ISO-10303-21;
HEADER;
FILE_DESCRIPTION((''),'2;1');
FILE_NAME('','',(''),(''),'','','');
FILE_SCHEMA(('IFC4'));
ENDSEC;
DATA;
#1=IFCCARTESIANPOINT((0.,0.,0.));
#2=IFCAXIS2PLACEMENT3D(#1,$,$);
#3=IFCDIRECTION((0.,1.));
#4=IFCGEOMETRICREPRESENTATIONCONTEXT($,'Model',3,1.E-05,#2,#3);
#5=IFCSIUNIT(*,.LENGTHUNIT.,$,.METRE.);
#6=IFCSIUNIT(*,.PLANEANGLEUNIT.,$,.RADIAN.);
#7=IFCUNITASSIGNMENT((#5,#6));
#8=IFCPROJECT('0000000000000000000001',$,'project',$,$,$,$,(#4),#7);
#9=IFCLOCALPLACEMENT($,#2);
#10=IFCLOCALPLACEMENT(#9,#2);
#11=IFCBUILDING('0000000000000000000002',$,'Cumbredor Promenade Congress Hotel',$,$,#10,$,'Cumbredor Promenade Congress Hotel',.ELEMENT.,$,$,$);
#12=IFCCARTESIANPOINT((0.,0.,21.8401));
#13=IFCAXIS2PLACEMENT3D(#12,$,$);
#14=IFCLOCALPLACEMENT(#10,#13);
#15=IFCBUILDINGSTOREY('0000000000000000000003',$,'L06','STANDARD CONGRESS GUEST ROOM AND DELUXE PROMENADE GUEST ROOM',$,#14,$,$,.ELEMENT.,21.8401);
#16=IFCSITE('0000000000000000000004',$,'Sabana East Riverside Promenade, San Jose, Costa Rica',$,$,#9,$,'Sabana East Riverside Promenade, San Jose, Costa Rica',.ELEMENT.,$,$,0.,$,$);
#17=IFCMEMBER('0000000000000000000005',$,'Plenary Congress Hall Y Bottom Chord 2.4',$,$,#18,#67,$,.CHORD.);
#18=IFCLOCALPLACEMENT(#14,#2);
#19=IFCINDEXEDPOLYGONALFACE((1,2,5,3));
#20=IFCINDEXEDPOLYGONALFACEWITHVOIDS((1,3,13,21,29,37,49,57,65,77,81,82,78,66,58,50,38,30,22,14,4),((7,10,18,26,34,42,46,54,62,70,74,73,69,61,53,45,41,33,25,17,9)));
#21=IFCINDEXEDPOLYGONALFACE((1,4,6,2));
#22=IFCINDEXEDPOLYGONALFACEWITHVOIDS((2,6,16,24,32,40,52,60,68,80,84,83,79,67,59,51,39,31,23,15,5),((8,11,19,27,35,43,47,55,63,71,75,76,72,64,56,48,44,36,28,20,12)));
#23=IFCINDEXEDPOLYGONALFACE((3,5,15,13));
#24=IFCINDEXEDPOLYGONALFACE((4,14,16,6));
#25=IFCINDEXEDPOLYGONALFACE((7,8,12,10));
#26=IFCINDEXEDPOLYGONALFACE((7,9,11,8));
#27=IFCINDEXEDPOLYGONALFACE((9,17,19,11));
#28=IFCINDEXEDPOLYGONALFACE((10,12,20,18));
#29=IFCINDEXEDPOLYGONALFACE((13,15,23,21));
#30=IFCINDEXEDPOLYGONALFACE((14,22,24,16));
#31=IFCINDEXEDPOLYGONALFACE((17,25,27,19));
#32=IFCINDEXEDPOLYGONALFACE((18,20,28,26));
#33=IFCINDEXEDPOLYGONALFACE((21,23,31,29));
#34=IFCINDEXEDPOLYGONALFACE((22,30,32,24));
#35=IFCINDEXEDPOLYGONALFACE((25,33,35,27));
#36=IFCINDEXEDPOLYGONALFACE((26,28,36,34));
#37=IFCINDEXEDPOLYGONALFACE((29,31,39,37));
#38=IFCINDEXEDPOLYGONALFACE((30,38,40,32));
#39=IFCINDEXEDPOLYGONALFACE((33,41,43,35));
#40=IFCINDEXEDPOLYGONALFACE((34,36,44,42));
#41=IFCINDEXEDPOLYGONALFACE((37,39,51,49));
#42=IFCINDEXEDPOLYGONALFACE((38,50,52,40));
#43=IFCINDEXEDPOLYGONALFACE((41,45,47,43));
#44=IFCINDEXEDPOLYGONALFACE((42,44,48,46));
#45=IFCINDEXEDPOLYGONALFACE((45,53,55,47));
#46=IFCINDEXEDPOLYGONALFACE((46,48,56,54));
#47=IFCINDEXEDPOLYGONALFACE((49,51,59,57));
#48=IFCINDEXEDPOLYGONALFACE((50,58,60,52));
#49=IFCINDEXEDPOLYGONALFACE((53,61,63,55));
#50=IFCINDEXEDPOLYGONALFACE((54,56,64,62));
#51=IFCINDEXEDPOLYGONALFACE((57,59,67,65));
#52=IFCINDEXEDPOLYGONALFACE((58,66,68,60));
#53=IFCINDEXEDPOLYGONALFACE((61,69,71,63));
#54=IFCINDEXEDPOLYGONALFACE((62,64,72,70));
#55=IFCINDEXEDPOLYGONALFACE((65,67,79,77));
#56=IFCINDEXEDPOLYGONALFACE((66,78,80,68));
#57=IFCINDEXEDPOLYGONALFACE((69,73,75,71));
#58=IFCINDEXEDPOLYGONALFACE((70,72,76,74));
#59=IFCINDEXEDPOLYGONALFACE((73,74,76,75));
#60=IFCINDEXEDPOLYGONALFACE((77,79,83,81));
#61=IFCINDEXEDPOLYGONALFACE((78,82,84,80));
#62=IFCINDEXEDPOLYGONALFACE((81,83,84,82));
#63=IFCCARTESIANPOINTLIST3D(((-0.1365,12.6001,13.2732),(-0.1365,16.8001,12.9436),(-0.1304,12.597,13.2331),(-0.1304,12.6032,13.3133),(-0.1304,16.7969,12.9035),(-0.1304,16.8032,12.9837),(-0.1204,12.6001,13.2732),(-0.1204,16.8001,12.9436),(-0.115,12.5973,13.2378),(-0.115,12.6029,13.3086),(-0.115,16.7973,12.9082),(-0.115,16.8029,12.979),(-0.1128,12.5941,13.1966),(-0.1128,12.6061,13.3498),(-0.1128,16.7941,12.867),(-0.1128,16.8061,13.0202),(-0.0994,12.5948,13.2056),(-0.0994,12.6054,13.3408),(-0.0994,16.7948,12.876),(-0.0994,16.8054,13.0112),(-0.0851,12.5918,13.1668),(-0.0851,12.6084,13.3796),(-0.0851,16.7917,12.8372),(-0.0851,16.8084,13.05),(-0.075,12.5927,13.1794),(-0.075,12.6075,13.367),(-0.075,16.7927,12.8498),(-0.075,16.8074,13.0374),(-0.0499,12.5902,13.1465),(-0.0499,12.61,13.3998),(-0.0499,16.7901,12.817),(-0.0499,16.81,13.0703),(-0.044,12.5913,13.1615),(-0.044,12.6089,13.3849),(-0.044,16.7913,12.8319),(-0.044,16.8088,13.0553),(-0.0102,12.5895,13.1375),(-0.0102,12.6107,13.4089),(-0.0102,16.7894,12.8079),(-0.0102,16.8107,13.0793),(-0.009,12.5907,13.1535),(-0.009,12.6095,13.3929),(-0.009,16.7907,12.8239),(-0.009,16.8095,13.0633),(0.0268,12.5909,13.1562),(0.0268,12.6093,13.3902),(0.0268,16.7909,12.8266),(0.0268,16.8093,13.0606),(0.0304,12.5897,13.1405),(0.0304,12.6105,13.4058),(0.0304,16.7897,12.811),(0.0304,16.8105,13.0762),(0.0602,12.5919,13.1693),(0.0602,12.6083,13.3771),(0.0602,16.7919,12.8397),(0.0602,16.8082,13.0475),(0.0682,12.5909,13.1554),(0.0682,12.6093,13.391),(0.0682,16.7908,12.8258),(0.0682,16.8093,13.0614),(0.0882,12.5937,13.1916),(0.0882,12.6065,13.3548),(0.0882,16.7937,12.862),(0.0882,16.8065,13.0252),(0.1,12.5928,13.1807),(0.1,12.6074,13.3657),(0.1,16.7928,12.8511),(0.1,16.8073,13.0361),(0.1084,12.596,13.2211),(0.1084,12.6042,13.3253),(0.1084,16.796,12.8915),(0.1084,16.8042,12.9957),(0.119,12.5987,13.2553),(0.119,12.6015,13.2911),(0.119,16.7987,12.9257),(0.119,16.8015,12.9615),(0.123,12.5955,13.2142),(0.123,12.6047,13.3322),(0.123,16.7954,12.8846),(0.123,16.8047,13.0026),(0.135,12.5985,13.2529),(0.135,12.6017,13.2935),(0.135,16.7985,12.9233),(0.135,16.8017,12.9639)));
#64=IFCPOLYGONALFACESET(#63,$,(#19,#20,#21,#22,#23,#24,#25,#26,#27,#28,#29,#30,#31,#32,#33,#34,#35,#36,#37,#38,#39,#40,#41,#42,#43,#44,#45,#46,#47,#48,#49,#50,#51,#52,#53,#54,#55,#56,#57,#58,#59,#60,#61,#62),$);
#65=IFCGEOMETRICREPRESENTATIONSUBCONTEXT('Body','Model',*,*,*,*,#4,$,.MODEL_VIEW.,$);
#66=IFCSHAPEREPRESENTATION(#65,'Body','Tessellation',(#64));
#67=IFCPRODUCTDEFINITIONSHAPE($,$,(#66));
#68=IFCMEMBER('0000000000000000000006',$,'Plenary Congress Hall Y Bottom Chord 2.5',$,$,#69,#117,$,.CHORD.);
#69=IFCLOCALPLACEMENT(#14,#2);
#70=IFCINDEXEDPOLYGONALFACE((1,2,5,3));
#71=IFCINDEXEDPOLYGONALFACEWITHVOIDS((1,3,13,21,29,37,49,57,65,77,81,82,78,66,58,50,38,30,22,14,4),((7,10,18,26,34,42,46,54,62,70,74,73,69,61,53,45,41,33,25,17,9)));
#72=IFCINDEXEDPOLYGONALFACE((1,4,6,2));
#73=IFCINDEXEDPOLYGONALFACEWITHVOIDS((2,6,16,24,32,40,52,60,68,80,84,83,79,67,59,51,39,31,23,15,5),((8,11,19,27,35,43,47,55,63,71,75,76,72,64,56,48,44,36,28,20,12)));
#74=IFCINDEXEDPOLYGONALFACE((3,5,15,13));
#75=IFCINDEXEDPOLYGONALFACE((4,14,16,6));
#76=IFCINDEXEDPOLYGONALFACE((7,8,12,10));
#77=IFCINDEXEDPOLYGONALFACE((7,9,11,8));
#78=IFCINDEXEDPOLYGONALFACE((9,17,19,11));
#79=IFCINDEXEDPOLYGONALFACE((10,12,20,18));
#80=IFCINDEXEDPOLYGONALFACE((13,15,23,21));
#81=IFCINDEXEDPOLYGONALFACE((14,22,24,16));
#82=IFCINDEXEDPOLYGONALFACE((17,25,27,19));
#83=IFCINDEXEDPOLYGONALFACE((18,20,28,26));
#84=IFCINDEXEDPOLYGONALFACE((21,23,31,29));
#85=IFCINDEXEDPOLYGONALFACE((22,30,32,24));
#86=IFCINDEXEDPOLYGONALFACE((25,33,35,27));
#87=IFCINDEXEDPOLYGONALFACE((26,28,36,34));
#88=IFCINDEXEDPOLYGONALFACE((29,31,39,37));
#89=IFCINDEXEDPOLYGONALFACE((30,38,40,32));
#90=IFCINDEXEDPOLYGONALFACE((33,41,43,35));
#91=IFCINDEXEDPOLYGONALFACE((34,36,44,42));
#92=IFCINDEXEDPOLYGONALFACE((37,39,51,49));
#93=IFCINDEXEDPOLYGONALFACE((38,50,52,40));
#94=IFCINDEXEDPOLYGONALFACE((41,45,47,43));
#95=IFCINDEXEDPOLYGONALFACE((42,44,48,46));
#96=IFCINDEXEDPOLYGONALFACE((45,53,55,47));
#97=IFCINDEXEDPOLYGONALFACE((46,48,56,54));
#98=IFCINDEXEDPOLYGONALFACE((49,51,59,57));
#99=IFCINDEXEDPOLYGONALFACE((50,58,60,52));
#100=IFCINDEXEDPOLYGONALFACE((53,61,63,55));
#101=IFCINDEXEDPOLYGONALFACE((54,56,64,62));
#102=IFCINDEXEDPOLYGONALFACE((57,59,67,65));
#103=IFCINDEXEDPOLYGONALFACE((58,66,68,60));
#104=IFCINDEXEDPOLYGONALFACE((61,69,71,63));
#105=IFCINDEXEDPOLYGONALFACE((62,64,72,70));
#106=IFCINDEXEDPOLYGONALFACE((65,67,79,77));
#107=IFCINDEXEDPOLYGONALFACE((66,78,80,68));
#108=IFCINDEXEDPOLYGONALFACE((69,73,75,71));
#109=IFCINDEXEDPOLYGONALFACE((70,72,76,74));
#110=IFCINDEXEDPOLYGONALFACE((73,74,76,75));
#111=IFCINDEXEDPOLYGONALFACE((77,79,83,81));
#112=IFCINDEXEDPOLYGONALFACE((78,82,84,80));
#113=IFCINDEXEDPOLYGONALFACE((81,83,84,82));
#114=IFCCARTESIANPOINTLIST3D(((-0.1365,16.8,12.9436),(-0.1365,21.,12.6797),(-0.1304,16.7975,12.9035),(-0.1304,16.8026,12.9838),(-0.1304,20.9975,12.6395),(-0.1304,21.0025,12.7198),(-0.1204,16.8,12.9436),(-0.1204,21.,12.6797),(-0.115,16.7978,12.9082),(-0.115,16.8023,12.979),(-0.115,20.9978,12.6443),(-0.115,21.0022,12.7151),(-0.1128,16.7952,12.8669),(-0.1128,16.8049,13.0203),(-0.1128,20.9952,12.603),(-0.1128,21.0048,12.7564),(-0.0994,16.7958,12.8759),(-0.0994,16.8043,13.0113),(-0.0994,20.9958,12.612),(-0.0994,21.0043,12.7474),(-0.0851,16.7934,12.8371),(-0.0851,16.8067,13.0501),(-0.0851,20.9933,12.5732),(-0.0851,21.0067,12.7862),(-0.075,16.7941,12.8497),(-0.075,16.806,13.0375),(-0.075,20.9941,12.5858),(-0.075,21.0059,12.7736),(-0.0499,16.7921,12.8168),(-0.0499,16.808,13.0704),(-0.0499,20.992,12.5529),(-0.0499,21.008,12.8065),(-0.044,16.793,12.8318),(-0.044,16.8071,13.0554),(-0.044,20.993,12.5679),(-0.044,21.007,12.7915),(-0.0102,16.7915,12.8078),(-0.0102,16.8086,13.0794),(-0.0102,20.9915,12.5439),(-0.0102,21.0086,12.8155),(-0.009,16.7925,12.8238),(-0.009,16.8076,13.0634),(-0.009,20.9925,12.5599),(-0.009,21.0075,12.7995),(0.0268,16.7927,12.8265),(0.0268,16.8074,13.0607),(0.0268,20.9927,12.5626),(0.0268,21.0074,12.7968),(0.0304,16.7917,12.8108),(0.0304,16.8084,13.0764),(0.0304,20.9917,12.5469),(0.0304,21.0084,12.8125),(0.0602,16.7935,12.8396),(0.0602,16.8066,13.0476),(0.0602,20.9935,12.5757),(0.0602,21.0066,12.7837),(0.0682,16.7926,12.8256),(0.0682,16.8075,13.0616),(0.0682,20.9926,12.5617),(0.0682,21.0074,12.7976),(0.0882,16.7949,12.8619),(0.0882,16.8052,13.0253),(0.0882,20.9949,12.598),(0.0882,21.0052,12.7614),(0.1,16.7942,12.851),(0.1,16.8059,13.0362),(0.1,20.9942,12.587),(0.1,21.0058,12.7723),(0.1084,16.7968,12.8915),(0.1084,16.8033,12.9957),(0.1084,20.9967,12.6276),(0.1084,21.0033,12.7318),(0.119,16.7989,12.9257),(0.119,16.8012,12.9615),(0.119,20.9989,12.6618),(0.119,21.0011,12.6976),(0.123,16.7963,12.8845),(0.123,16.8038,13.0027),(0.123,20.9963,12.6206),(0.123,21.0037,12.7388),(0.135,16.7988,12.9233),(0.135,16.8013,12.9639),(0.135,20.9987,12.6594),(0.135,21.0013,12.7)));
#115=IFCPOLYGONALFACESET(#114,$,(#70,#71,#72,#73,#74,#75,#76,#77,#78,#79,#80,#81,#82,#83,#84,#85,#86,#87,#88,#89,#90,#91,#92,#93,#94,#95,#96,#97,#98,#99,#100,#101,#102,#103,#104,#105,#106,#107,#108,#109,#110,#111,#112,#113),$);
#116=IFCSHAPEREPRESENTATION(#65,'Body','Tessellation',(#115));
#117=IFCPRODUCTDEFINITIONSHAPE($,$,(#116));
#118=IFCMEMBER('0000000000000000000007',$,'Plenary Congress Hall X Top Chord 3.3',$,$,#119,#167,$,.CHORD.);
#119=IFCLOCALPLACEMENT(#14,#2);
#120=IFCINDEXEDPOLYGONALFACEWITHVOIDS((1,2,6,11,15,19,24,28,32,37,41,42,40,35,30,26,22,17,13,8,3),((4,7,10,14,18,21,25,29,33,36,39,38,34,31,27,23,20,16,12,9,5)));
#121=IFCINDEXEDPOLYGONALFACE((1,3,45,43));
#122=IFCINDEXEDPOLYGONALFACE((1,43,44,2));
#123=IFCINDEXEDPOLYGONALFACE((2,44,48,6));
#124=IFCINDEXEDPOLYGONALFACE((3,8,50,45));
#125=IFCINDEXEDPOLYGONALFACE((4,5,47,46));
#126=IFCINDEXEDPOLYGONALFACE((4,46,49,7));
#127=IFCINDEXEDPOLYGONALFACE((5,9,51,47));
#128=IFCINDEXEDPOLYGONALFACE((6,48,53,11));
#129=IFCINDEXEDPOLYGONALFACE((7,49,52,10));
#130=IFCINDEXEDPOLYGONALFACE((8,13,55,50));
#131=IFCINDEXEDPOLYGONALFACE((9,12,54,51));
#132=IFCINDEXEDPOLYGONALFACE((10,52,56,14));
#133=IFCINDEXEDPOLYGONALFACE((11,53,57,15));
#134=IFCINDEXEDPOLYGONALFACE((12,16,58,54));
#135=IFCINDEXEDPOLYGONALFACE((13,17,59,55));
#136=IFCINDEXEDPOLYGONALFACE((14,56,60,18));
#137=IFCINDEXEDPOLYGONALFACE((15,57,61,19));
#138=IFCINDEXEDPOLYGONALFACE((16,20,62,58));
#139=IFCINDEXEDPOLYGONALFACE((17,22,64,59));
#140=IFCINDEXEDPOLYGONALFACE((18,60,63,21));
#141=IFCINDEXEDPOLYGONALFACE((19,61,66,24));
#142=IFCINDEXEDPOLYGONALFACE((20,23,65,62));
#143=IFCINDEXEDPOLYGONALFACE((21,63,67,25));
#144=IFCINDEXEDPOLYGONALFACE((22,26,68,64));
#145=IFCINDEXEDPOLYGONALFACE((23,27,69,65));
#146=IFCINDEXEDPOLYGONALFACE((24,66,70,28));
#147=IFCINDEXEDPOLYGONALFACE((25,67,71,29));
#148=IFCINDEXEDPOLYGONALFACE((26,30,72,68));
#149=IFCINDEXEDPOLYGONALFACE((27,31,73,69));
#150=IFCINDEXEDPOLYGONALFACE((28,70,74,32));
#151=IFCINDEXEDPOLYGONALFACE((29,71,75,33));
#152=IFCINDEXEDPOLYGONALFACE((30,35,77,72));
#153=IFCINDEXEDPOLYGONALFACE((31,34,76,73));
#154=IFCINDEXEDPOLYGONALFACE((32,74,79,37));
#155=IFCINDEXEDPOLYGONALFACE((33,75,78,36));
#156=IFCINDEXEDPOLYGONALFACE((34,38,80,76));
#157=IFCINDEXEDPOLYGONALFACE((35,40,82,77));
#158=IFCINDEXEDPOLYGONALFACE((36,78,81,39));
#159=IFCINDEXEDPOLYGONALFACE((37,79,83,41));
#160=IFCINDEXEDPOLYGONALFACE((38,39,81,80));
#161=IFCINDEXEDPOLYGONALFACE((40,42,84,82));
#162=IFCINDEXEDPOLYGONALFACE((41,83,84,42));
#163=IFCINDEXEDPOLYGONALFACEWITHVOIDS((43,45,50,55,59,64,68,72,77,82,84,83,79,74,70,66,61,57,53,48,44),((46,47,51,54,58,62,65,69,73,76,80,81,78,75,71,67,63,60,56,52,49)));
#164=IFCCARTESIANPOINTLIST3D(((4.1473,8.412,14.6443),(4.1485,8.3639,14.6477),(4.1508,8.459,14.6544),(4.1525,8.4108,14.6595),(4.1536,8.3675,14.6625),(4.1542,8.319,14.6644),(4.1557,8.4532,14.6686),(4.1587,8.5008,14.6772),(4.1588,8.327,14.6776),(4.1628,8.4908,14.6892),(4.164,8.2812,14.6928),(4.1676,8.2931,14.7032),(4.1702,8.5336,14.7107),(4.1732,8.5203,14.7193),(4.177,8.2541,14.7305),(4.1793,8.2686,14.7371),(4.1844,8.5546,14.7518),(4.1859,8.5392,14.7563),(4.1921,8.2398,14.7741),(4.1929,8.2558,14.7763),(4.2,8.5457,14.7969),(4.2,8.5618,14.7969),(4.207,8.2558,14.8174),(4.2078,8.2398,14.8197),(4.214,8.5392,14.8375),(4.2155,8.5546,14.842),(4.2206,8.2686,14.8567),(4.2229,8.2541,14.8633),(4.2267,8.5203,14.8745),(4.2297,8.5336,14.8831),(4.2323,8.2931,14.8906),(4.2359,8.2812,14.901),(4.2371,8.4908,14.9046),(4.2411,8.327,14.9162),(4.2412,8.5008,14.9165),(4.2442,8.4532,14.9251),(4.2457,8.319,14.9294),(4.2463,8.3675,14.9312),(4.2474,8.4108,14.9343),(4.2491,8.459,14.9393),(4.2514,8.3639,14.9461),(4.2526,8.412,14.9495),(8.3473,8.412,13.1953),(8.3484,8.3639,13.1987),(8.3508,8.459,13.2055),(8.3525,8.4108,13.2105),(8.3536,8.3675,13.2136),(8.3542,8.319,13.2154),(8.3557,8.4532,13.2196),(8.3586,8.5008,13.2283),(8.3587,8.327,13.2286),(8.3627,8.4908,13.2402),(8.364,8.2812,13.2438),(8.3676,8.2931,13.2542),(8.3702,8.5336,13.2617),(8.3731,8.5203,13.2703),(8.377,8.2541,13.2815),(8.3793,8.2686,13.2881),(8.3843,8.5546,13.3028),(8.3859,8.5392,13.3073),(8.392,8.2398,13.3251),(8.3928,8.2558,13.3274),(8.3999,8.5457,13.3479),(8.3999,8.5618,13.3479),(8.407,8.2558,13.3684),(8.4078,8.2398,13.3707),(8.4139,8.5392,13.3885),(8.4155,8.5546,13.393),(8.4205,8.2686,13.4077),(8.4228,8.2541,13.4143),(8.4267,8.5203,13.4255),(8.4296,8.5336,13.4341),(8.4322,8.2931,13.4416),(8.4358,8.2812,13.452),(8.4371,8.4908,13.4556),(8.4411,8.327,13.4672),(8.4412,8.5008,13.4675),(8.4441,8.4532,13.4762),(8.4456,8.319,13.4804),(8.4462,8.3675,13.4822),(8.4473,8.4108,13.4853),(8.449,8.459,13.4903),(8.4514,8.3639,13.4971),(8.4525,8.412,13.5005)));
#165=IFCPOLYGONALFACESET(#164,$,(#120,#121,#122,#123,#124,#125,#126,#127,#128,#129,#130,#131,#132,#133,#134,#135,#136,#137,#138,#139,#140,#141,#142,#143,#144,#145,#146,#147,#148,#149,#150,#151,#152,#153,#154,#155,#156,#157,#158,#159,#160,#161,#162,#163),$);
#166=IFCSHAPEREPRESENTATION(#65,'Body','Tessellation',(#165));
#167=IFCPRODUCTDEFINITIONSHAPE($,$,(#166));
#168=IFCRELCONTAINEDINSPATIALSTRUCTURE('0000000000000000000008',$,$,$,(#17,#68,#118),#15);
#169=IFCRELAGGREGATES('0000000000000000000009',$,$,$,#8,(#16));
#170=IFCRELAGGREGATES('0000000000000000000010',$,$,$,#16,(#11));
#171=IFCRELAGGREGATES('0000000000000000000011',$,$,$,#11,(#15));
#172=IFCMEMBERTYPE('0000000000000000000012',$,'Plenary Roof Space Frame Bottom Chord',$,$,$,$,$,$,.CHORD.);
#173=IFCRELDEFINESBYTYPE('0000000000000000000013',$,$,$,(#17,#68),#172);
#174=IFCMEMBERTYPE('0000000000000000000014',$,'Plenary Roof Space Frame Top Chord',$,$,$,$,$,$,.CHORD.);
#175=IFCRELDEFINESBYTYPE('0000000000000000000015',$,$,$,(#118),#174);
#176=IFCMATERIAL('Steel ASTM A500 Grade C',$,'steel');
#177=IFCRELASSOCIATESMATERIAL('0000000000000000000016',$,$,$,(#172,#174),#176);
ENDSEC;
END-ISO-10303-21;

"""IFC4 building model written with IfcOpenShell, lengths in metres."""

from ifc_helpers import new_model, si_unit, direction, frame, origin, origin_2d, place, context, subcontext, project, spatial, hollow_circle, extrude, material, material_profile, profile_set, type_object, element, save


model = new_model("IFC4")

# Units and contexts
model_context = context("Model", 3, precision=1e-05, world=origin(), true_north=direction((0.0, 1.0)))
body_context = subcontext(model_context, "Body", "Model", "MODEL_VIEW")
ifc_project = project(units=[si_unit("LENGTHUNIT", "METRE"), si_unit("PLANEANGLEUNIT", "RADIAN")], contexts=[model_context])

# Site, building, storey
site_placement = place(None, origin())
site = spatial("IfcSite", under=ifc_project, at=site_placement, Name="Sabana East Riverside Promenade, San Jose, Costa Rica", LongName="Sabana East Riverside Promenade, San Jose, Costa Rica", CompositionType="ELEMENT", RefElevation=0.0)
building_placement = place(site_placement, origin())
building = spatial("IfcBuilding", under=site, at=building_placement, Name="Cumbredor Promenade Congress Hotel", LongName="Cumbredor Promenade Congress Hotel", CompositionType="ELEMENT")
storey_placement = place(building_placement, frame((0.0, 0.0, 21.8401)))
storey = spatial("IfcBuildingStorey", under=building, at=storey_placement, Name="L06", Description="STANDARD CONGRESS GUEST ROOM AND DELUXE PROMENADE GUEST ROOM", CompositionType="ELEMENT", Elevation=21.8401)

# Members
ifc_material_1 = material(Name="Steel ASTM A500 Grade C", Category="steel")
ifc_material_profile_1 = material_profile(ifc_material_1, hollow_circle(Radius=0.1365, WallThickness=0.0161, at=origin_2d()), Name="CHS 273.0x16")
ifc_profile_set_1 = profile_set([ifc_material_profile_1], Name="Steel ASTM A500 Grade C")
member_type_1 = type_object("IfcMemberType", Name="Plenary Roof Space Frame Bottom Chord", PredefinedType="CHORD", material=ifc_profile_set_1)
member_1_placement = place(storey_placement, frame((0.0, 12.6001, 13.2732), z_axis=(0.0, 0.996935, -0.078234), x_axis=(-1.0, 0.0, 0.0)))
element("IfcMember", 1, at=member_1_placement, inside=storey, type_object=member_type_1, Name="Plenary Congress Hall Y Bottom Chord 2.4", PredefinedType="CHORD", context=body_context, shape_type="SweptSolid", body=[
    extrude(hollow_circle(Radius=0.1365, WallThickness=0.0161, at=origin_2d()), origin(), (0.0, 0.0, 1.0), 4.2129),
])
member_2_placement = place(storey_placement, frame((0.0, 16.8, 12.9436), z_axis=(0.0, 0.998032, -0.062714), x_axis=(-1.0, 0.0, 0.0)))
element("IfcMember", 2, at=member_2_placement, inside=storey, type_object=member_type_1, Name="Plenary Congress Hall Y Bottom Chord 2.5", PredefinedType="CHORD", context=body_context, shape_type="SweptSolid", body=[
    extrude(hollow_circle(Radius=0.1365, WallThickness=0.0161, at=origin_2d()), origin(), (0.0, 0.0, 1.0), 4.2083),
])
ifc_material_profile_2 = material_profile(ifc_material_1, hollow_circle(Radius=0.1619, WallThickness=0.0161, at=origin_2d()), Name="CHS 323.9x16")
ifc_profile_set_2 = profile_set([ifc_material_profile_2], Name="Steel ASTM A500 Grade C")
member_type_2 = type_object("IfcMemberType", Name="Plenary Roof Space Frame Top Chord", PredefinedType="CHORD", material=ifc_profile_set_2)
member_3_placement = place(storey_placement, frame((4.2, 8.3999, 14.7969), z_axis=(0.945323, 0.0, -0.326135), x_axis=(0.0, 1.0, 0.0)))
element("IfcMember", 3, at=member_3_placement, inside=storey, type_object=member_type_2, Name="Plenary Congress Hall X Top Chord 3.3", PredefinedType="CHORD", context=body_context, shape_type="SweptSolid", body=[
    extrude(hollow_circle(Radius=0.1619, WallThickness=0.0161, at=origin_2d()), origin(), (0.0, 0.0, 1.0), 4.4429),
])

save(model, "model.ifc")
